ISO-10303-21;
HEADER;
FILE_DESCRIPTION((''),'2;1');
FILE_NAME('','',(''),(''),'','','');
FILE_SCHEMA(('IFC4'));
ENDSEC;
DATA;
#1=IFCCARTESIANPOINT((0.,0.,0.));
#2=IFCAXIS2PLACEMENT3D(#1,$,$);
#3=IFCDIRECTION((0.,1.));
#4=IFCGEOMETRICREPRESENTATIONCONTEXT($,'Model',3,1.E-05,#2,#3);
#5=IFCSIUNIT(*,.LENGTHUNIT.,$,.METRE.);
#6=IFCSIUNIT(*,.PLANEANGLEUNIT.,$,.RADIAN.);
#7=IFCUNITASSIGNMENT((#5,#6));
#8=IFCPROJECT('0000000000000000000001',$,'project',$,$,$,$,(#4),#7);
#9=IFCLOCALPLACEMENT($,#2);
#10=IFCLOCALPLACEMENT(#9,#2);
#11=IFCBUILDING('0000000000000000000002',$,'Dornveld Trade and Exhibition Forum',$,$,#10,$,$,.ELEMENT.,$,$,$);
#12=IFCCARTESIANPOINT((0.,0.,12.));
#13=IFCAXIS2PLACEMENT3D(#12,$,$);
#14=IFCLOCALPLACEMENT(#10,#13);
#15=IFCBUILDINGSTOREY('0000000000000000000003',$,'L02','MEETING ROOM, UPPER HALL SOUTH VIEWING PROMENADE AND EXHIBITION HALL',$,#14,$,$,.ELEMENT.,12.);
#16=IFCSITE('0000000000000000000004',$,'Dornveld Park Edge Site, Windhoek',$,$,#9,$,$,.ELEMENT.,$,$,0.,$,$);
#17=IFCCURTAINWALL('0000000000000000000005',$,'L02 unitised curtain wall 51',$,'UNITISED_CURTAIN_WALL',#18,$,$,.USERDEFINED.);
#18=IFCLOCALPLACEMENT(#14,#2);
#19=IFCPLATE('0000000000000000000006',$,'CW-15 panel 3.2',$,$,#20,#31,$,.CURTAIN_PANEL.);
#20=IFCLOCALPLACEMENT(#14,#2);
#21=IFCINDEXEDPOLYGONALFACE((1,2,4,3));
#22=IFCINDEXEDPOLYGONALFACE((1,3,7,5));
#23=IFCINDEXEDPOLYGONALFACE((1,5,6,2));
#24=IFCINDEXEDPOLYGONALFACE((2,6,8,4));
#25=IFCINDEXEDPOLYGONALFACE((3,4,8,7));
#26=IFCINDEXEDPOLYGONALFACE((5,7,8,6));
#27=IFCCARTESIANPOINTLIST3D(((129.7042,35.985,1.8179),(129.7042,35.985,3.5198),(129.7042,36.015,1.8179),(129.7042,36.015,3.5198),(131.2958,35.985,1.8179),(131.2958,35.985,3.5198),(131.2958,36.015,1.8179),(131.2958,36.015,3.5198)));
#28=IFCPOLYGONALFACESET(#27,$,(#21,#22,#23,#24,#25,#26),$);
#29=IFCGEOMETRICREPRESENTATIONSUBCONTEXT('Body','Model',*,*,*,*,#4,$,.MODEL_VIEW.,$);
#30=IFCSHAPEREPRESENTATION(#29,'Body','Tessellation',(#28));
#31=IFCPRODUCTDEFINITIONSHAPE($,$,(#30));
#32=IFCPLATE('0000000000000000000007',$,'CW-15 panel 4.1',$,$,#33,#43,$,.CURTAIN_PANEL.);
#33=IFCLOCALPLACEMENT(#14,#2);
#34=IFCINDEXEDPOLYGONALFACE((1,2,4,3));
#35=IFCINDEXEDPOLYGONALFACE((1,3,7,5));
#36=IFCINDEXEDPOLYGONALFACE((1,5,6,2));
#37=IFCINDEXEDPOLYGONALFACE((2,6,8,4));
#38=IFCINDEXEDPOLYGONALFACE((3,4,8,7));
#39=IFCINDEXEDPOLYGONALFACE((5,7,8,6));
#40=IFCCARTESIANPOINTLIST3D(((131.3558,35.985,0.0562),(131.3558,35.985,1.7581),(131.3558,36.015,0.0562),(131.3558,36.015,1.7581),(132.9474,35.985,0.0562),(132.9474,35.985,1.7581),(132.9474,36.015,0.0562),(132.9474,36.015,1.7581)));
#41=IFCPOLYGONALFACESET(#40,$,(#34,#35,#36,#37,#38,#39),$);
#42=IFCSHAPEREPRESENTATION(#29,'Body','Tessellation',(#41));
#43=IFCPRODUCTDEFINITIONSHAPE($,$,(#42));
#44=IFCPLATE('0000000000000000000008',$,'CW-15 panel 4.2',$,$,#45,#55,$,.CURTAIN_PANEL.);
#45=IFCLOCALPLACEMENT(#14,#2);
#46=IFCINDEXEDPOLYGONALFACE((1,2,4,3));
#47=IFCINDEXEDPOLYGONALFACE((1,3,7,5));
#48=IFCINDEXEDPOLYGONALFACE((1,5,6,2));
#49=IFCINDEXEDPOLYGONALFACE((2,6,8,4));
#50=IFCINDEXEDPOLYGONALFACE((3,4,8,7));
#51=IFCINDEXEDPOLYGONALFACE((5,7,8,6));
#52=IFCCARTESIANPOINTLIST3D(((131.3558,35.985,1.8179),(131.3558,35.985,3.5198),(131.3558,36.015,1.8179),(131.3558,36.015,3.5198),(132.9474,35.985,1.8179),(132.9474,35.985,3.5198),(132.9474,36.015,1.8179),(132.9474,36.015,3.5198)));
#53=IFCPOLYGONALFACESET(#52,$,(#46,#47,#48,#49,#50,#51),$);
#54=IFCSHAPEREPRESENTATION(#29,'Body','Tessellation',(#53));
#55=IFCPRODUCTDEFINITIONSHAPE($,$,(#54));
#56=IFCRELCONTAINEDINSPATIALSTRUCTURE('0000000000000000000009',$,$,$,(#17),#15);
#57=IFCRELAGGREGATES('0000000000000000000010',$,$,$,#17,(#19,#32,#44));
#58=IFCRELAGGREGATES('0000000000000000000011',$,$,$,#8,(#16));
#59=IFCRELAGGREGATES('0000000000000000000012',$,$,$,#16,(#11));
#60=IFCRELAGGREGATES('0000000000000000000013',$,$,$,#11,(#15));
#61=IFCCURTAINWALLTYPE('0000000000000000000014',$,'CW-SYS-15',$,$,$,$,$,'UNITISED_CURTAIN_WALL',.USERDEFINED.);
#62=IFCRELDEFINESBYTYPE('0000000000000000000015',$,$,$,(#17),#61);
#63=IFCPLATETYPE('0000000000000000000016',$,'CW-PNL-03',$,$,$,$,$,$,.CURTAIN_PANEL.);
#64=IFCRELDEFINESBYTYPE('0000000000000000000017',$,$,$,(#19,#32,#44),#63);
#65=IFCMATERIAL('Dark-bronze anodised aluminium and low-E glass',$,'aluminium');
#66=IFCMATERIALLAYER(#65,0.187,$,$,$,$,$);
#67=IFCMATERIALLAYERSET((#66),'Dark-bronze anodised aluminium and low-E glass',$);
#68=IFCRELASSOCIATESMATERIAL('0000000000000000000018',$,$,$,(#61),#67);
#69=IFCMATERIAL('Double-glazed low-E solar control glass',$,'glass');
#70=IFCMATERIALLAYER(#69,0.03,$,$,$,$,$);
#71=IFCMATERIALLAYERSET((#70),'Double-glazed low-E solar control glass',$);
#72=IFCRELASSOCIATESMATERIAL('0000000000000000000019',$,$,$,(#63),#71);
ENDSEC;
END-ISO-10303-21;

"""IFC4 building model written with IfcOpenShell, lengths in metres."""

from ifc_helpers import new_model, si_unit, direction, frame, origin, origin_2d, place, context, subcontext, project, spatial, rectangle, extrude, material, layer, layer_set, type_object, element, aggregate, save


model = new_model("IFC4")

# Units and contexts
model_context = context("Model", 3, precision=1e-05, world=origin(), true_north=direction((0.0, 1.0)))
body_context = subcontext(model_context, "Body", "Model", "MODEL_VIEW")
ifc_project = project(units=[si_unit("LENGTHUNIT", "METRE"), si_unit("PLANEANGLEUNIT", "RADIAN")], contexts=[model_context])

# Site, building, storey
site_placement = place(None, origin())
site = spatial("IfcSite", under=ifc_project, at=site_placement, Name="Dornveld Park Edge Site, Windhoek", CompositionType="ELEMENT", RefElevation=0.0)
building_placement = place(site_placement, origin())
building = spatial("IfcBuilding", under=site, at=building_placement, Name="Dornveld Trade and Exhibition Forum", CompositionType="ELEMENT")
storey_placement = place(building_placement, frame((0.0, 0.0, 12.0)))
storey = spatial("IfcBuildingStorey", under=building, at=storey_placement, Name="L02", Description="MEETING ROOM, UPPER HALL SOUTH VIEWING PROMENADE AND EXHIBITION HALL", CompositionType="ELEMENT", Elevation=12.0)

# Curtain wall, plates
ifc_material_1 = material(Name="Dark-bronze anodised aluminium and low-E glass", Category="aluminium")
ifc_layer_1 = layer(ifc_material_1, 0.187)
ifc_layer_set_1 = layer_set([ifc_layer_1], Name="Dark-bronze anodised aluminium and low-E glass")
curtain_wall_type = type_object("IfcCurtainWallType", Name="CW-SYS-15", ElementType="UNITISED_CURTAIN_WALL", PredefinedType="USERDEFINED", material=ifc_layer_set_1)
curtain_wall_placement = place(storey_placement, origin())
curtain_wall = element("IfcCurtainWall", 1, at=curtain_wall_placement, inside=storey, type_object=curtain_wall_type, Name="L02 unitised curtain wall 51", ObjectType="UNITISED_CURTAIN_WALL", PredefinedType="USERDEFINED")
ifc_material_2 = material(Name="Double-glazed low-E solar control glass", Category="glass")
ifc_layer_2 = layer(ifc_material_2, 0.03)
ifc_layer_set_2 = layer_set([ifc_layer_2], Name="Double-glazed low-E solar control glass")
plate_type = type_object("IfcPlateType", Name="CW-PNL-03", PredefinedType="CURTAIN_PANEL", material=ifc_layer_set_2)
plate_1_placement = place(storey_placement, frame((130.5, 36.0, 1.8179), z_axis=(0.0, 0.0, 1.0), x_axis=(1.0, 0.0, 0.0)))
plate_1 = element("IfcPlate", 2, at=plate_1_placement, type_object=plate_type, Name="CW-15 panel 3.2", PredefinedType="CURTAIN_PANEL", context=body_context, shape_type="SweptSolid", body=[
    extrude(rectangle(XDim=1.5916, YDim=0.03, at=origin_2d()), origin(), (0.0, 0.0, 1.0), 1.7019),
])
plate_2_placement = place(storey_placement, frame((132.1516, 36.0, 0.0562), z_axis=(0.0, 0.0, 1.0), x_axis=(1.0, 0.0, 0.0)))
plate_2 = element("IfcPlate", 3, at=plate_2_placement, type_object=plate_type, Name="CW-15 panel 4.1", PredefinedType="CURTAIN_PANEL", context=body_context, shape_type="SweptSolid", body=[
    extrude(rectangle(XDim=1.5916, YDim=0.03, at=origin_2d()), origin(), (0.0, 0.0, 1.0), 1.7019),
])
plate_3_placement = place(storey_placement, frame((132.1516, 36.0, 1.8179), z_axis=(0.0, 0.0, 1.0), x_axis=(1.0, 0.0, 0.0)))
plate_3 = element("IfcPlate", 4, at=plate_3_placement, type_object=plate_type, Name="CW-15 panel 4.2", PredefinedType="CURTAIN_PANEL", context=body_context, shape_type="SweptSolid", body=[
    extrude(rectangle(XDim=1.5916, YDim=0.03, at=origin_2d()), origin(), (0.0, 0.0, 1.0), 1.7019),
])
aggregate(curtain_wall, [plate_1, plate_2, plate_3])

save(model, "model.ifc")
